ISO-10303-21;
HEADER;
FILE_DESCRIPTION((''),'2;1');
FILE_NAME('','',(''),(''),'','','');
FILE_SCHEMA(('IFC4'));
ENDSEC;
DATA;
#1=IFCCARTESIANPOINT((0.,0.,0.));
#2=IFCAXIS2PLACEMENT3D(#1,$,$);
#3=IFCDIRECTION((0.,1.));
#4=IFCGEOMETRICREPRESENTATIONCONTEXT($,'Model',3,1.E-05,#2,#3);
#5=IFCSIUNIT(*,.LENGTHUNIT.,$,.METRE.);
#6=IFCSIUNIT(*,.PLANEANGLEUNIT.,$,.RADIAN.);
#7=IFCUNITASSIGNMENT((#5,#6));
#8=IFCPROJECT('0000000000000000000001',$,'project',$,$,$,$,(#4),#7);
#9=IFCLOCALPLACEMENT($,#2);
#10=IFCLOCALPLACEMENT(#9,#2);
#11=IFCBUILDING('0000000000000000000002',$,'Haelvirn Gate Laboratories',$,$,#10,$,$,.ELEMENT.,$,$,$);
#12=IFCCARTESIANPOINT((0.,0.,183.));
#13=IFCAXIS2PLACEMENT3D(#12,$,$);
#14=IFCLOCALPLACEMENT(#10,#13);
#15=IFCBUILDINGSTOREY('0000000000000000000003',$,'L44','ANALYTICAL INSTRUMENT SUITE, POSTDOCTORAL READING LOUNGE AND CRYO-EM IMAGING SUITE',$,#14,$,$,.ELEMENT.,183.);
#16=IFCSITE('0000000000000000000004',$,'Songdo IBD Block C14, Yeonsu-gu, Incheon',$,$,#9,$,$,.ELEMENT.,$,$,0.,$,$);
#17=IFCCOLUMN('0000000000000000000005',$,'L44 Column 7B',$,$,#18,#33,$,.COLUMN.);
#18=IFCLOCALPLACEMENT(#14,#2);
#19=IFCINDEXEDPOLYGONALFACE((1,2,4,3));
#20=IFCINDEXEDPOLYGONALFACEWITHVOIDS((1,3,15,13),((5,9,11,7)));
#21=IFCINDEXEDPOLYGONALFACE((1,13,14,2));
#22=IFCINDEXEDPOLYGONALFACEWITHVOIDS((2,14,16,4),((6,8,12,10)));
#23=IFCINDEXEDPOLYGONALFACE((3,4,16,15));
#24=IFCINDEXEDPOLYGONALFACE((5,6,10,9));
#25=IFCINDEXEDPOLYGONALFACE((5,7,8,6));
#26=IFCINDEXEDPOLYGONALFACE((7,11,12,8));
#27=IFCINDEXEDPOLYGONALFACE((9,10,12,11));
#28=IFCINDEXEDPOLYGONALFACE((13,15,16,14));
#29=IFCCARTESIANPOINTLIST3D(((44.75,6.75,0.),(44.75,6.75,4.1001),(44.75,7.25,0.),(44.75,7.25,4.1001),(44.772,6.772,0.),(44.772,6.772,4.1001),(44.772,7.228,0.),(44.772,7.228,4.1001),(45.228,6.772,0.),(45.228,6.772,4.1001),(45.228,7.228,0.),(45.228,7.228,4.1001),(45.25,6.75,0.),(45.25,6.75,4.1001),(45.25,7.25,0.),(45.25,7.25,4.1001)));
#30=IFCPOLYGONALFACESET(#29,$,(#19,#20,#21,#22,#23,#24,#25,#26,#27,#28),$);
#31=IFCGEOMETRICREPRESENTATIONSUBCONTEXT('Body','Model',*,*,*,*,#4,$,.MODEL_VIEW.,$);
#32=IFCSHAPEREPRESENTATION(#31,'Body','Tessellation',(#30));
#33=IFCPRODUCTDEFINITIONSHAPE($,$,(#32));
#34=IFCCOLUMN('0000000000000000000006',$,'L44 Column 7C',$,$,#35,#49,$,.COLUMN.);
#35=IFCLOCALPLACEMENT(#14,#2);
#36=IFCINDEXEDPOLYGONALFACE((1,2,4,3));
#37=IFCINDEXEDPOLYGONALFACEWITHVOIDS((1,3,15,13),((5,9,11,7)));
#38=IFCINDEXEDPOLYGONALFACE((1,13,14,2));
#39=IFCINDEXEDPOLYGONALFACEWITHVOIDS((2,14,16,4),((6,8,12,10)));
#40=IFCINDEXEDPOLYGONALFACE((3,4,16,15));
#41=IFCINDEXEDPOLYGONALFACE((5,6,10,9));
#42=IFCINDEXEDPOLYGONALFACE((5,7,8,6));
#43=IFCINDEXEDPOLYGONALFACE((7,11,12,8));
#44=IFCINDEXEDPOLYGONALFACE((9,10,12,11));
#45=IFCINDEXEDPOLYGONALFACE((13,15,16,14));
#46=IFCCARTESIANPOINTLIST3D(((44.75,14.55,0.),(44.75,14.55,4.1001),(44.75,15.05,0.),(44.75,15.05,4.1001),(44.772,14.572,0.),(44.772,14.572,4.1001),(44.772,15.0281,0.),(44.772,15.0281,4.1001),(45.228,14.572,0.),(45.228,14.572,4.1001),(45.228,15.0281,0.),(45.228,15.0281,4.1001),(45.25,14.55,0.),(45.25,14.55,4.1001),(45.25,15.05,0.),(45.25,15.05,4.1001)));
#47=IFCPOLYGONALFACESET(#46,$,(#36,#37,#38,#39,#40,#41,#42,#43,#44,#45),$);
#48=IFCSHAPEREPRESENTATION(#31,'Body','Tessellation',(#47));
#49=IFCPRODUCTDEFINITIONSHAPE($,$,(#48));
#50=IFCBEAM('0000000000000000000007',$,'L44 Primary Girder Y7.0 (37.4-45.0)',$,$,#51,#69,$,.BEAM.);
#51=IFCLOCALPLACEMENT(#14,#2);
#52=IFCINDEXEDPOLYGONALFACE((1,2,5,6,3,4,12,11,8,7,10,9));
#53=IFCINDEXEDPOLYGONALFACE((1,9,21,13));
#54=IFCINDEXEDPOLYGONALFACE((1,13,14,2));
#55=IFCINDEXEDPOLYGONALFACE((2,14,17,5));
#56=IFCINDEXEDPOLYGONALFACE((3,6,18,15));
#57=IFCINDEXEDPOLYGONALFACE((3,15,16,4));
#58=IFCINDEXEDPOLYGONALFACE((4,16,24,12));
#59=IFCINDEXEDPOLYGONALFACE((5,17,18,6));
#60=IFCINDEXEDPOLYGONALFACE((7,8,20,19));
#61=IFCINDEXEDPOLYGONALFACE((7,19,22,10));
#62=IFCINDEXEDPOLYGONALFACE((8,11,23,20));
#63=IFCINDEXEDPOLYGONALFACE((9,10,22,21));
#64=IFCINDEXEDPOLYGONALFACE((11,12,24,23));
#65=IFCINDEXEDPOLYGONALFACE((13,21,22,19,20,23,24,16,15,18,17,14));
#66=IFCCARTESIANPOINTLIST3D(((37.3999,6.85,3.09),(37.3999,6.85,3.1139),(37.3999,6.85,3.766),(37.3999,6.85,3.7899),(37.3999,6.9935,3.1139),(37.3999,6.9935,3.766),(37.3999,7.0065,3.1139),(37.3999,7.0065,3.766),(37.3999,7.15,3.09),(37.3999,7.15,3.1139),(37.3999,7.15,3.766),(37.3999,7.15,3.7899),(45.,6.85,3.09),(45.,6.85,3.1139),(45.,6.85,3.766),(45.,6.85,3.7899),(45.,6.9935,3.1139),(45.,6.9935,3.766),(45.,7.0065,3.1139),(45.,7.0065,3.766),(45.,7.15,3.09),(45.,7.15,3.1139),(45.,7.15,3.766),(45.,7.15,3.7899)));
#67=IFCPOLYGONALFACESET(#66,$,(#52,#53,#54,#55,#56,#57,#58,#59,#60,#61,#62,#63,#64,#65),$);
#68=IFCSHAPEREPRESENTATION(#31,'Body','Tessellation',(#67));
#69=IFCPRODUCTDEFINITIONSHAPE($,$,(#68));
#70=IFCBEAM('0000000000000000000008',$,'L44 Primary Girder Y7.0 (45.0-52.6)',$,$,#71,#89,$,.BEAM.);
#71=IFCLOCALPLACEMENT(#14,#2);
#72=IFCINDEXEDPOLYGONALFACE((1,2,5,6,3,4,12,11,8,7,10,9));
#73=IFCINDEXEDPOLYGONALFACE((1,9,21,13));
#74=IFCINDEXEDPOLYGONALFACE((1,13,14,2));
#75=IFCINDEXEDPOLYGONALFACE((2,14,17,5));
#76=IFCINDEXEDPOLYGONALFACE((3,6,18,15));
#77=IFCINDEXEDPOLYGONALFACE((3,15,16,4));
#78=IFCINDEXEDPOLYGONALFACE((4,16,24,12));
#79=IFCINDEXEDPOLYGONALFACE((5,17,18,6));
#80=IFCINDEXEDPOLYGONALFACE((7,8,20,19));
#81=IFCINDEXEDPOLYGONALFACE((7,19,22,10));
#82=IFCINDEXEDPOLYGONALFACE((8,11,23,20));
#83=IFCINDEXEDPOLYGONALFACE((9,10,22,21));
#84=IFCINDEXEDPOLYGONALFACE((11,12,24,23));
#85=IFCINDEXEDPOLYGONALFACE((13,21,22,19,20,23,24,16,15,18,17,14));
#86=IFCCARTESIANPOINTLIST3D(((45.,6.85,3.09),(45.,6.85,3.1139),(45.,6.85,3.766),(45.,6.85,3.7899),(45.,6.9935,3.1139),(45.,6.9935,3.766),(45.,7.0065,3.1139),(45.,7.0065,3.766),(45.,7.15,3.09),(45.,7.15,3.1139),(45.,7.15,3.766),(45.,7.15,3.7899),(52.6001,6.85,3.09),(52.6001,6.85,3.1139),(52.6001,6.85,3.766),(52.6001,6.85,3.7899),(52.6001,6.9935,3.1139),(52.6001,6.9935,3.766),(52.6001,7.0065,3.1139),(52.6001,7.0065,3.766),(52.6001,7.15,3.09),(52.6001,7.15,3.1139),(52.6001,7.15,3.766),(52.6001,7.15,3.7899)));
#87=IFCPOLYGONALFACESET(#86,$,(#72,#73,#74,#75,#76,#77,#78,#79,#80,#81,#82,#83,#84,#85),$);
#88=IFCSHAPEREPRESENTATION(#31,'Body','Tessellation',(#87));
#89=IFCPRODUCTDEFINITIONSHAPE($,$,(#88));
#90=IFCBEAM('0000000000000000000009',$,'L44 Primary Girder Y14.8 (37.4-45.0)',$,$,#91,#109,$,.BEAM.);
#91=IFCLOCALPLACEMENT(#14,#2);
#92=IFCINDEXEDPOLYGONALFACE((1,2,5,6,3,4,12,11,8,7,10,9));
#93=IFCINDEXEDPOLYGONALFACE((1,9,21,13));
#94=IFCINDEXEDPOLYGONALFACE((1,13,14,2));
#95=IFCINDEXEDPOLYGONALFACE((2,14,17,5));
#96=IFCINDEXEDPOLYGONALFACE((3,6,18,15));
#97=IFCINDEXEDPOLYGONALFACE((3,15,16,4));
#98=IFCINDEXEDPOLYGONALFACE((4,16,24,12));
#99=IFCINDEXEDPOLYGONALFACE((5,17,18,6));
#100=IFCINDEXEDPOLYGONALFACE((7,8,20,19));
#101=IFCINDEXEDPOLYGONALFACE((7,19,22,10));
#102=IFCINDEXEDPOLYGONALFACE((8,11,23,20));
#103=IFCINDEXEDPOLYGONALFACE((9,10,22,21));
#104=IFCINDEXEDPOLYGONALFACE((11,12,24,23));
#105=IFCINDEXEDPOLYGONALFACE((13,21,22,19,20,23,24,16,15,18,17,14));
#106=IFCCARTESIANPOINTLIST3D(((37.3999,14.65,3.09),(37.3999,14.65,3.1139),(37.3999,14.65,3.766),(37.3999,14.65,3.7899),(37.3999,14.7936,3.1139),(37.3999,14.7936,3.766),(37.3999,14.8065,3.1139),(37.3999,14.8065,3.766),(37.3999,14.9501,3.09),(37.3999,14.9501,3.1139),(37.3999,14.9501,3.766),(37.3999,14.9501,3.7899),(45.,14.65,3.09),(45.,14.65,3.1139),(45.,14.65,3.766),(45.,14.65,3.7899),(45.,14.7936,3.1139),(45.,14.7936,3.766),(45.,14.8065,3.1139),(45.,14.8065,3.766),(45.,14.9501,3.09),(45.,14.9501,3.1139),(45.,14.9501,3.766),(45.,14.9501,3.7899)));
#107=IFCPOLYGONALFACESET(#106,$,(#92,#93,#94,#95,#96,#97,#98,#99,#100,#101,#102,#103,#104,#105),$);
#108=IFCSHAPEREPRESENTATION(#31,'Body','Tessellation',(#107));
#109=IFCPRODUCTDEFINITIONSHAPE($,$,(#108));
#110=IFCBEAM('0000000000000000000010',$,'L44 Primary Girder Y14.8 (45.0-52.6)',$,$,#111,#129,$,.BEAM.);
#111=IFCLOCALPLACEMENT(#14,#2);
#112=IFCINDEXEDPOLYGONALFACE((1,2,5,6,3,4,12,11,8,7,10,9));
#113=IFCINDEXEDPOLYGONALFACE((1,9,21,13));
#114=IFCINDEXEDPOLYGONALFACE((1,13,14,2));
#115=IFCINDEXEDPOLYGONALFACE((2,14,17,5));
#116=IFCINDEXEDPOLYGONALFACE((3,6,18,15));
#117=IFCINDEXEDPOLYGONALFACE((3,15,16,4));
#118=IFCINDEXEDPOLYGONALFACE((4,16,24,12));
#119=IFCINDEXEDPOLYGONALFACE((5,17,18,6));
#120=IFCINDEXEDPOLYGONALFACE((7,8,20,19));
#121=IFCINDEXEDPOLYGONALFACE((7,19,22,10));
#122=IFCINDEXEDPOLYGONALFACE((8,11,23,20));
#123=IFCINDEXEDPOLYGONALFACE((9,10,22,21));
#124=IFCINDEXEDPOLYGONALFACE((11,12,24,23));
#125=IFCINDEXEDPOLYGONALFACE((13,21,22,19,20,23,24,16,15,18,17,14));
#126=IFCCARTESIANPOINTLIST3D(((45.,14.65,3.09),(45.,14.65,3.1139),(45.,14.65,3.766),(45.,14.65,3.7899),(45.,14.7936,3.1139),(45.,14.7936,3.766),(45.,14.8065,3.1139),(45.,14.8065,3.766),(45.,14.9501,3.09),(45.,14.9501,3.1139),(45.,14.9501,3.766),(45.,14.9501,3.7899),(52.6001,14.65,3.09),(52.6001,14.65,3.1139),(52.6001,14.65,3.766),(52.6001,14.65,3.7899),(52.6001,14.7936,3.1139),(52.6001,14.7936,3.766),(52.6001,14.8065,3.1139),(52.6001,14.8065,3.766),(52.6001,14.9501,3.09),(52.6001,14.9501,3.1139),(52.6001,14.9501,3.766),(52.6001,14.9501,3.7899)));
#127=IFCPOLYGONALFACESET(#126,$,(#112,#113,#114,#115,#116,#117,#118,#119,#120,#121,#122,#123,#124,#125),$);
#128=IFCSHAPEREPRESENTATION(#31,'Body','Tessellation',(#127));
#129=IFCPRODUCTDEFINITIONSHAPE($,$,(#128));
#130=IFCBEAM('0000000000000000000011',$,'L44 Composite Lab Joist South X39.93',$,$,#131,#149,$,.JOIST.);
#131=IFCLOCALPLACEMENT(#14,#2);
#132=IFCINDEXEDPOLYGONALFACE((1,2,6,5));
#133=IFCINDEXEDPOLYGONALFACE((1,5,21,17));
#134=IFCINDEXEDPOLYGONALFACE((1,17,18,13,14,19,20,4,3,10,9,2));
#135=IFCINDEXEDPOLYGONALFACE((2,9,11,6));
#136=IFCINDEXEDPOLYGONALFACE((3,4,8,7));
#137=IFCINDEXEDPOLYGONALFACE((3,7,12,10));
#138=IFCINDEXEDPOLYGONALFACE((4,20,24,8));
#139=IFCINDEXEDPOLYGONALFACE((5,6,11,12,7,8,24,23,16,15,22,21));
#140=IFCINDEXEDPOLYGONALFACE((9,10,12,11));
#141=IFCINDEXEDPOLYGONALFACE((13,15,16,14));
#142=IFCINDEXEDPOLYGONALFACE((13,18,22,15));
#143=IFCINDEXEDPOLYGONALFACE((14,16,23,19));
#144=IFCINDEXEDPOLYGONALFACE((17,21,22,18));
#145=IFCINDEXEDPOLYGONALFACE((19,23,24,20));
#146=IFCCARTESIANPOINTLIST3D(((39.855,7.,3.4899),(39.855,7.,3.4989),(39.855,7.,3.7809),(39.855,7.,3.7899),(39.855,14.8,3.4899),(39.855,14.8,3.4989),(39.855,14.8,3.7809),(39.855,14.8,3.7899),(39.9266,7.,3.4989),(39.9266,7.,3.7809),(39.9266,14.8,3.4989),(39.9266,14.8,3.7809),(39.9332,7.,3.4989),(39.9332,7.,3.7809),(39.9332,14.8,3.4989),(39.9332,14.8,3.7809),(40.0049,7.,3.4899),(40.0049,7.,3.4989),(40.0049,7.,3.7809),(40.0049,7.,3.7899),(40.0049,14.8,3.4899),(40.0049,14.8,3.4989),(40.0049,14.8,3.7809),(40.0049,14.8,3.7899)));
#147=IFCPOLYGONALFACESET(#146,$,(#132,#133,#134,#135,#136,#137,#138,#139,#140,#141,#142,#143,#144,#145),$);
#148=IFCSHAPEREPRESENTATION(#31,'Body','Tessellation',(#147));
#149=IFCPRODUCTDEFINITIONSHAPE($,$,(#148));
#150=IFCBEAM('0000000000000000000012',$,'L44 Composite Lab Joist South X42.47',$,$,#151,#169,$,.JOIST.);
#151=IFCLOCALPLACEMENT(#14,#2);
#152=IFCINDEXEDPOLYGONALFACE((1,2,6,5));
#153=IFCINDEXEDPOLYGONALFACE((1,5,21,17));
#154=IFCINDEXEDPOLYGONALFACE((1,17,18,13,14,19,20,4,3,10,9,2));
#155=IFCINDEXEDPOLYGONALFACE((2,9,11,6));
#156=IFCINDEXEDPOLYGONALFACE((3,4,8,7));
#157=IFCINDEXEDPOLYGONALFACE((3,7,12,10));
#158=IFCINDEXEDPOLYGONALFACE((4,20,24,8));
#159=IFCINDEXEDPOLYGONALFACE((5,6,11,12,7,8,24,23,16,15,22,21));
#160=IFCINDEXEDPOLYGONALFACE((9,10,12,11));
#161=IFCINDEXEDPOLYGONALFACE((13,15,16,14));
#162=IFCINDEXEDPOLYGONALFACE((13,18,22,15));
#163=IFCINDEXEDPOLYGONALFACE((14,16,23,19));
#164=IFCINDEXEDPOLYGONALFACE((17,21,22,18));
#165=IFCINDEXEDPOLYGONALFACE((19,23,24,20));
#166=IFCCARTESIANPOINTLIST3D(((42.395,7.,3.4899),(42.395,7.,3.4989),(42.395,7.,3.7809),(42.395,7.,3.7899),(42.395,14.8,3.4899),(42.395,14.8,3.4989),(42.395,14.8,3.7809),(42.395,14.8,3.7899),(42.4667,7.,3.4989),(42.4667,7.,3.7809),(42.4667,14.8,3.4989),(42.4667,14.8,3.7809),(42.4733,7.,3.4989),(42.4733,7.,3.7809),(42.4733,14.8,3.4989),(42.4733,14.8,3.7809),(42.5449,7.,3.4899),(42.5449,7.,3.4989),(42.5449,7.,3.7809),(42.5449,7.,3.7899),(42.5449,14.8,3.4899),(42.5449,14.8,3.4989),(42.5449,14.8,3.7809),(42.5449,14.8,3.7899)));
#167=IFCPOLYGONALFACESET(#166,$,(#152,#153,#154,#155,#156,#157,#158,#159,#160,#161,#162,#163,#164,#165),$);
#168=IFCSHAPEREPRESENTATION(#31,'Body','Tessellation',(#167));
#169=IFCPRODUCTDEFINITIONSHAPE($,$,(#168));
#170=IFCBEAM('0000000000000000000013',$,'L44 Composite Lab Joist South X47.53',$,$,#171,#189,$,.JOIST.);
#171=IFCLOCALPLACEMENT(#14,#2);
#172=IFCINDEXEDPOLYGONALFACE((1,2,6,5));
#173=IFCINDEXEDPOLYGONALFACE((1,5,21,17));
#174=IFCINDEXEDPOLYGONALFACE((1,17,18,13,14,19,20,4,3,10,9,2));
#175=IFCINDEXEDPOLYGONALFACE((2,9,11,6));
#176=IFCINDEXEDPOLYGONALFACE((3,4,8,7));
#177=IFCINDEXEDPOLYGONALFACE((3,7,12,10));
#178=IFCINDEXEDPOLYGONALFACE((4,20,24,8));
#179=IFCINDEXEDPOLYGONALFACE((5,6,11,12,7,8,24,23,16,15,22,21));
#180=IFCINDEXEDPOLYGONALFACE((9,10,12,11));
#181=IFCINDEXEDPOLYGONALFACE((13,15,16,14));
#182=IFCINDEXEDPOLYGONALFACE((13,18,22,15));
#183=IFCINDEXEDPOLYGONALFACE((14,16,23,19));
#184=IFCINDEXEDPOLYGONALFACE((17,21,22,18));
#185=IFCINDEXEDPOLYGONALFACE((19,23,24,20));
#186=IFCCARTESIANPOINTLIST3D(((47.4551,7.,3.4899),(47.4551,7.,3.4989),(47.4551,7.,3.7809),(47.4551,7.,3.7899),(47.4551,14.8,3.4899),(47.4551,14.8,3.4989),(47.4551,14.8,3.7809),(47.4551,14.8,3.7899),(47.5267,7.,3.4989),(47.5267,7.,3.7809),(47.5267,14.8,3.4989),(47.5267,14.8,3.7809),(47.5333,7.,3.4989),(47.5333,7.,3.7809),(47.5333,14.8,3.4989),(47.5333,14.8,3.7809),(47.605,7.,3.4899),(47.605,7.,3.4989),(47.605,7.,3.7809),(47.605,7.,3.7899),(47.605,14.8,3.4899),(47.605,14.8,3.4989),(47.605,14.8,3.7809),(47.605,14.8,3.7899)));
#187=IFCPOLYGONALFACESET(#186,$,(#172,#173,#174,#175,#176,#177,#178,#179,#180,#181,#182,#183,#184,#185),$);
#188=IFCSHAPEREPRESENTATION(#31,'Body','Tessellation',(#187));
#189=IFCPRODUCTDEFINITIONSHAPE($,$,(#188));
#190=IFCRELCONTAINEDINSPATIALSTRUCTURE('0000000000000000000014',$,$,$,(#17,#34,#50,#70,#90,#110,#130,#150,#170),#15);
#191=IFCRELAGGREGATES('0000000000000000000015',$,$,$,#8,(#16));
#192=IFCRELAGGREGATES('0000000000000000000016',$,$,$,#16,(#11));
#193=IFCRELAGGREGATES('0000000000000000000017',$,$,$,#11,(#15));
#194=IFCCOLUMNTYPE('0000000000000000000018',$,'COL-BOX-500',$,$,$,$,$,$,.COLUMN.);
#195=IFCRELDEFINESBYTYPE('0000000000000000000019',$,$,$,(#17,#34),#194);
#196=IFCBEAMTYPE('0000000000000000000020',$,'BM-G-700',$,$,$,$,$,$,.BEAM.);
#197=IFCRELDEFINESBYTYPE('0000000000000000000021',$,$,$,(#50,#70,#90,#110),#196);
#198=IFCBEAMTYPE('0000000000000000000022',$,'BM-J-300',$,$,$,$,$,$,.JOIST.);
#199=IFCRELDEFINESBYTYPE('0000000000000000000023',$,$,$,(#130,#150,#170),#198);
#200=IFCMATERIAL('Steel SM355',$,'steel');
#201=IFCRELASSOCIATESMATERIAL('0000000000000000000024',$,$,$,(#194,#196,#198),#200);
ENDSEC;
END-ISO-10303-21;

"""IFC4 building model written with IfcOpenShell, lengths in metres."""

from ifc_helpers import new_model, si_unit, direction, frame, origin, origin_2d, place, context, subcontext, project, spatial, hollow_rectangle, i_section, extrude, source, transform, mapped, material, material_profile, profile_set, type_object, type_shapes, element, save


model = new_model("IFC4")

# Units and contexts
model_context = context("Model", 3, precision=1e-05, world=origin(), true_north=direction((0.0, 1.0)))
body_context = subcontext(model_context, "Body", "Model", "MODEL_VIEW")
ifc_project = project(units=[si_unit("LENGTHUNIT", "METRE"), si_unit("PLANEANGLEUNIT", "RADIAN")], contexts=[model_context])

# Site, building, storey
site_placement = place(None, origin())
site = spatial("IfcSite", under=ifc_project, at=site_placement, Name="Songdo IBD Block C14, Yeonsu-gu, Incheon", CompositionType="ELEMENT", RefElevation=0.0)
building_placement = place(site_placement, origin())
building = spatial("IfcBuilding", under=site, at=building_placement, Name="Haelvirn Gate Laboratories", CompositionType="ELEMENT")
storey_placement = place(building_placement, frame((0.0, 0.0, 183.0)))
storey = spatial("IfcBuildingStorey", under=building, at=storey_placement, Name="L44", Description="ANALYTICAL INSTRUMENT SUITE, POSTDOCTORAL READING LOUNGE AND CRYO-EM IMAGING SUITE", CompositionType="ELEMENT", Elevation=183.0)

# Columns
ifc_material_1 = material(Name="Steel SM355", Category="steel")
ifc_material_profile_1 = material_profile(ifc_material_1, hollow_rectangle(XDim=0.5, YDim=0.5, WallThickness=0.022, at=origin_2d()), Name="BOX-500x500x22")
ifc_profile_set_1 = profile_set([ifc_material_profile_1], Name="Steel SM355")
column_type = type_object("IfcColumnType", Name="COL-BOX-500", PredefinedType="COLUMN", material=ifc_profile_set_1)
shared_shape_1 = source(origin(), body_context, "Body", "SweptSolid", [
    extrude(hollow_rectangle(XDim=0.5, YDim=0.5, WallThickness=0.022, at=origin_2d()), origin(), (0.0, 0.0, 1.0), 4.1001),
])
type_shapes(column_type, [shared_shape_1])
for number, where, z_axis, x_axis, name in (
    (1, (45.0, 7.0, 0.0), (0.0, 0.0, 1.0), (1.0, 0.0, 0.0), "L44 Column 7B"),
    (2, (45.0, 14.8, 0.0), (0.0, 0.0, 1.0), (1.0, 0.0, 0.0), "L44 Column 7C"),
):
    element("IfcColumn", number, at=place(storey_placement, frame(where, z_axis=z_axis, x_axis=x_axis)), inside=storey, type_object=column_type, Name=name, PredefinedType="COLUMN", context=body_context, shape_type="MappedRepresentation", body=[
        mapped(shared_shape_1, transform((0.0, 0.0, 0.0), scale=1.0)),
    ])

# Beams
ifc_material_profile_2 = material_profile(ifc_material_1, i_section(OverallWidth=0.3, OverallDepth=0.7, WebThickness=0.0129, FlangeThickness=0.0239, at=origin_2d()), Name="H-700x300x13x24")
ifc_profile_set_2 = profile_set([ifc_material_profile_2], Name="Steel SM355")
beam_type_1 = type_object("IfcBeamType", Name="BM-G-700", PredefinedType="BEAM", material=ifc_profile_set_2)
shared_shape_2 = source(origin(), body_context, "Body", "SweptSolid", [
    extrude(i_section(OverallWidth=0.3, OverallDepth=0.7, WebThickness=0.0129, FlangeThickness=0.0239, at=origin_2d()), origin(), (0.0, 0.0, 1.0), 7.6001),
])
type_shapes(beam_type_1, [shared_shape_2])
for number, where, z_axis, x_axis, name in (
    (3, (37.3999, 7.0, 3.4399), (1.0, 0.0, 0.0), (0.0, 1.0, 0.0), "L44 Primary Girder Y7.0 (37.4-45.0)"),
    (4, (45.0, 7.0, 3.4399), (1.0, 0.0, 0.0), (0.0, 1.0, 0.0), "L44 Primary Girder Y7.0 (45.0-52.6)"),
    (5, (37.3999, 14.8, 3.4399), (1.0, 0.0, 0.0), (0.0, 1.0, 0.0), "L44 Primary Girder Y14.8 (37.4-45.0)"),
    (6, (45.0, 14.8, 3.4399), (1.0, 0.0, 0.0), (0.0, 1.0, 0.0), "L44 Primary Girder Y14.8 (45.0-52.6)"),
):
    element("IfcBeam", number, at=place(storey_placement, frame(where, z_axis=z_axis, x_axis=x_axis)), inside=storey, type_object=beam_type_1, Name=name, PredefinedType="BEAM", context=body_context, shape_type="MappedRepresentation", body=[
        mapped(shared_shape_2, transform((0.0, 0.0, 0.0), scale=1.0)),
    ])
ifc_material_profile_3 = material_profile(ifc_material_1, i_section(OverallWidth=0.1499, OverallDepth=0.3, WebThickness=0.0066, FlangeThickness=0.009, at=origin_2d()), Name="H-300x150x6.5x9")
ifc_profile_set_3 = profile_set([ifc_material_profile_3], Name="Steel SM355")
beam_type_2 = type_object("IfcBeamType", Name="BM-J-300", PredefinedType="JOIST", material=ifc_profile_set_3)
shared_shape_3 = source(origin(), body_context, "Body", "SweptSolid", [
    extrude(i_section(OverallWidth=0.1499, OverallDepth=0.3, WebThickness=0.0066, FlangeThickness=0.009, at=origin_2d()), origin(), (0.0, 0.0, 1.0), 7.8),
])
type_shapes(beam_type_2, [shared_shape_3])
for number, where, z_axis, x_axis, name in (
    (7, (39.9299, 7.0, 3.6399), (0.0, 1.0, 0.0), (-1.0, 0.0, 0.0), "L44 Composite Lab Joist South X39.93"),
    (8, (42.47, 7.0, 3.6399), (0.0, 1.0, 0.0), (-1.0, 0.0, 0.0), "L44 Composite Lab Joist South X42.47"),
    (9, (47.53, 7.0, 3.6399), (0.0, 1.0, 0.0), (-1.0, 0.0, 0.0), "L44 Composite Lab Joist South X47.53"),
):
    element("IfcBeam", number, at=place(storey_placement, frame(where, z_axis=z_axis, x_axis=x_axis)), inside=storey, type_object=beam_type_2, Name=name, PredefinedType="JOIST", context=body_context, shape_type="MappedRepresentation", body=[
        mapped(shared_shape_3, transform((0.0, 0.0, 0.0), scale=1.0)),
    ])

save(model, "model.ifc")
